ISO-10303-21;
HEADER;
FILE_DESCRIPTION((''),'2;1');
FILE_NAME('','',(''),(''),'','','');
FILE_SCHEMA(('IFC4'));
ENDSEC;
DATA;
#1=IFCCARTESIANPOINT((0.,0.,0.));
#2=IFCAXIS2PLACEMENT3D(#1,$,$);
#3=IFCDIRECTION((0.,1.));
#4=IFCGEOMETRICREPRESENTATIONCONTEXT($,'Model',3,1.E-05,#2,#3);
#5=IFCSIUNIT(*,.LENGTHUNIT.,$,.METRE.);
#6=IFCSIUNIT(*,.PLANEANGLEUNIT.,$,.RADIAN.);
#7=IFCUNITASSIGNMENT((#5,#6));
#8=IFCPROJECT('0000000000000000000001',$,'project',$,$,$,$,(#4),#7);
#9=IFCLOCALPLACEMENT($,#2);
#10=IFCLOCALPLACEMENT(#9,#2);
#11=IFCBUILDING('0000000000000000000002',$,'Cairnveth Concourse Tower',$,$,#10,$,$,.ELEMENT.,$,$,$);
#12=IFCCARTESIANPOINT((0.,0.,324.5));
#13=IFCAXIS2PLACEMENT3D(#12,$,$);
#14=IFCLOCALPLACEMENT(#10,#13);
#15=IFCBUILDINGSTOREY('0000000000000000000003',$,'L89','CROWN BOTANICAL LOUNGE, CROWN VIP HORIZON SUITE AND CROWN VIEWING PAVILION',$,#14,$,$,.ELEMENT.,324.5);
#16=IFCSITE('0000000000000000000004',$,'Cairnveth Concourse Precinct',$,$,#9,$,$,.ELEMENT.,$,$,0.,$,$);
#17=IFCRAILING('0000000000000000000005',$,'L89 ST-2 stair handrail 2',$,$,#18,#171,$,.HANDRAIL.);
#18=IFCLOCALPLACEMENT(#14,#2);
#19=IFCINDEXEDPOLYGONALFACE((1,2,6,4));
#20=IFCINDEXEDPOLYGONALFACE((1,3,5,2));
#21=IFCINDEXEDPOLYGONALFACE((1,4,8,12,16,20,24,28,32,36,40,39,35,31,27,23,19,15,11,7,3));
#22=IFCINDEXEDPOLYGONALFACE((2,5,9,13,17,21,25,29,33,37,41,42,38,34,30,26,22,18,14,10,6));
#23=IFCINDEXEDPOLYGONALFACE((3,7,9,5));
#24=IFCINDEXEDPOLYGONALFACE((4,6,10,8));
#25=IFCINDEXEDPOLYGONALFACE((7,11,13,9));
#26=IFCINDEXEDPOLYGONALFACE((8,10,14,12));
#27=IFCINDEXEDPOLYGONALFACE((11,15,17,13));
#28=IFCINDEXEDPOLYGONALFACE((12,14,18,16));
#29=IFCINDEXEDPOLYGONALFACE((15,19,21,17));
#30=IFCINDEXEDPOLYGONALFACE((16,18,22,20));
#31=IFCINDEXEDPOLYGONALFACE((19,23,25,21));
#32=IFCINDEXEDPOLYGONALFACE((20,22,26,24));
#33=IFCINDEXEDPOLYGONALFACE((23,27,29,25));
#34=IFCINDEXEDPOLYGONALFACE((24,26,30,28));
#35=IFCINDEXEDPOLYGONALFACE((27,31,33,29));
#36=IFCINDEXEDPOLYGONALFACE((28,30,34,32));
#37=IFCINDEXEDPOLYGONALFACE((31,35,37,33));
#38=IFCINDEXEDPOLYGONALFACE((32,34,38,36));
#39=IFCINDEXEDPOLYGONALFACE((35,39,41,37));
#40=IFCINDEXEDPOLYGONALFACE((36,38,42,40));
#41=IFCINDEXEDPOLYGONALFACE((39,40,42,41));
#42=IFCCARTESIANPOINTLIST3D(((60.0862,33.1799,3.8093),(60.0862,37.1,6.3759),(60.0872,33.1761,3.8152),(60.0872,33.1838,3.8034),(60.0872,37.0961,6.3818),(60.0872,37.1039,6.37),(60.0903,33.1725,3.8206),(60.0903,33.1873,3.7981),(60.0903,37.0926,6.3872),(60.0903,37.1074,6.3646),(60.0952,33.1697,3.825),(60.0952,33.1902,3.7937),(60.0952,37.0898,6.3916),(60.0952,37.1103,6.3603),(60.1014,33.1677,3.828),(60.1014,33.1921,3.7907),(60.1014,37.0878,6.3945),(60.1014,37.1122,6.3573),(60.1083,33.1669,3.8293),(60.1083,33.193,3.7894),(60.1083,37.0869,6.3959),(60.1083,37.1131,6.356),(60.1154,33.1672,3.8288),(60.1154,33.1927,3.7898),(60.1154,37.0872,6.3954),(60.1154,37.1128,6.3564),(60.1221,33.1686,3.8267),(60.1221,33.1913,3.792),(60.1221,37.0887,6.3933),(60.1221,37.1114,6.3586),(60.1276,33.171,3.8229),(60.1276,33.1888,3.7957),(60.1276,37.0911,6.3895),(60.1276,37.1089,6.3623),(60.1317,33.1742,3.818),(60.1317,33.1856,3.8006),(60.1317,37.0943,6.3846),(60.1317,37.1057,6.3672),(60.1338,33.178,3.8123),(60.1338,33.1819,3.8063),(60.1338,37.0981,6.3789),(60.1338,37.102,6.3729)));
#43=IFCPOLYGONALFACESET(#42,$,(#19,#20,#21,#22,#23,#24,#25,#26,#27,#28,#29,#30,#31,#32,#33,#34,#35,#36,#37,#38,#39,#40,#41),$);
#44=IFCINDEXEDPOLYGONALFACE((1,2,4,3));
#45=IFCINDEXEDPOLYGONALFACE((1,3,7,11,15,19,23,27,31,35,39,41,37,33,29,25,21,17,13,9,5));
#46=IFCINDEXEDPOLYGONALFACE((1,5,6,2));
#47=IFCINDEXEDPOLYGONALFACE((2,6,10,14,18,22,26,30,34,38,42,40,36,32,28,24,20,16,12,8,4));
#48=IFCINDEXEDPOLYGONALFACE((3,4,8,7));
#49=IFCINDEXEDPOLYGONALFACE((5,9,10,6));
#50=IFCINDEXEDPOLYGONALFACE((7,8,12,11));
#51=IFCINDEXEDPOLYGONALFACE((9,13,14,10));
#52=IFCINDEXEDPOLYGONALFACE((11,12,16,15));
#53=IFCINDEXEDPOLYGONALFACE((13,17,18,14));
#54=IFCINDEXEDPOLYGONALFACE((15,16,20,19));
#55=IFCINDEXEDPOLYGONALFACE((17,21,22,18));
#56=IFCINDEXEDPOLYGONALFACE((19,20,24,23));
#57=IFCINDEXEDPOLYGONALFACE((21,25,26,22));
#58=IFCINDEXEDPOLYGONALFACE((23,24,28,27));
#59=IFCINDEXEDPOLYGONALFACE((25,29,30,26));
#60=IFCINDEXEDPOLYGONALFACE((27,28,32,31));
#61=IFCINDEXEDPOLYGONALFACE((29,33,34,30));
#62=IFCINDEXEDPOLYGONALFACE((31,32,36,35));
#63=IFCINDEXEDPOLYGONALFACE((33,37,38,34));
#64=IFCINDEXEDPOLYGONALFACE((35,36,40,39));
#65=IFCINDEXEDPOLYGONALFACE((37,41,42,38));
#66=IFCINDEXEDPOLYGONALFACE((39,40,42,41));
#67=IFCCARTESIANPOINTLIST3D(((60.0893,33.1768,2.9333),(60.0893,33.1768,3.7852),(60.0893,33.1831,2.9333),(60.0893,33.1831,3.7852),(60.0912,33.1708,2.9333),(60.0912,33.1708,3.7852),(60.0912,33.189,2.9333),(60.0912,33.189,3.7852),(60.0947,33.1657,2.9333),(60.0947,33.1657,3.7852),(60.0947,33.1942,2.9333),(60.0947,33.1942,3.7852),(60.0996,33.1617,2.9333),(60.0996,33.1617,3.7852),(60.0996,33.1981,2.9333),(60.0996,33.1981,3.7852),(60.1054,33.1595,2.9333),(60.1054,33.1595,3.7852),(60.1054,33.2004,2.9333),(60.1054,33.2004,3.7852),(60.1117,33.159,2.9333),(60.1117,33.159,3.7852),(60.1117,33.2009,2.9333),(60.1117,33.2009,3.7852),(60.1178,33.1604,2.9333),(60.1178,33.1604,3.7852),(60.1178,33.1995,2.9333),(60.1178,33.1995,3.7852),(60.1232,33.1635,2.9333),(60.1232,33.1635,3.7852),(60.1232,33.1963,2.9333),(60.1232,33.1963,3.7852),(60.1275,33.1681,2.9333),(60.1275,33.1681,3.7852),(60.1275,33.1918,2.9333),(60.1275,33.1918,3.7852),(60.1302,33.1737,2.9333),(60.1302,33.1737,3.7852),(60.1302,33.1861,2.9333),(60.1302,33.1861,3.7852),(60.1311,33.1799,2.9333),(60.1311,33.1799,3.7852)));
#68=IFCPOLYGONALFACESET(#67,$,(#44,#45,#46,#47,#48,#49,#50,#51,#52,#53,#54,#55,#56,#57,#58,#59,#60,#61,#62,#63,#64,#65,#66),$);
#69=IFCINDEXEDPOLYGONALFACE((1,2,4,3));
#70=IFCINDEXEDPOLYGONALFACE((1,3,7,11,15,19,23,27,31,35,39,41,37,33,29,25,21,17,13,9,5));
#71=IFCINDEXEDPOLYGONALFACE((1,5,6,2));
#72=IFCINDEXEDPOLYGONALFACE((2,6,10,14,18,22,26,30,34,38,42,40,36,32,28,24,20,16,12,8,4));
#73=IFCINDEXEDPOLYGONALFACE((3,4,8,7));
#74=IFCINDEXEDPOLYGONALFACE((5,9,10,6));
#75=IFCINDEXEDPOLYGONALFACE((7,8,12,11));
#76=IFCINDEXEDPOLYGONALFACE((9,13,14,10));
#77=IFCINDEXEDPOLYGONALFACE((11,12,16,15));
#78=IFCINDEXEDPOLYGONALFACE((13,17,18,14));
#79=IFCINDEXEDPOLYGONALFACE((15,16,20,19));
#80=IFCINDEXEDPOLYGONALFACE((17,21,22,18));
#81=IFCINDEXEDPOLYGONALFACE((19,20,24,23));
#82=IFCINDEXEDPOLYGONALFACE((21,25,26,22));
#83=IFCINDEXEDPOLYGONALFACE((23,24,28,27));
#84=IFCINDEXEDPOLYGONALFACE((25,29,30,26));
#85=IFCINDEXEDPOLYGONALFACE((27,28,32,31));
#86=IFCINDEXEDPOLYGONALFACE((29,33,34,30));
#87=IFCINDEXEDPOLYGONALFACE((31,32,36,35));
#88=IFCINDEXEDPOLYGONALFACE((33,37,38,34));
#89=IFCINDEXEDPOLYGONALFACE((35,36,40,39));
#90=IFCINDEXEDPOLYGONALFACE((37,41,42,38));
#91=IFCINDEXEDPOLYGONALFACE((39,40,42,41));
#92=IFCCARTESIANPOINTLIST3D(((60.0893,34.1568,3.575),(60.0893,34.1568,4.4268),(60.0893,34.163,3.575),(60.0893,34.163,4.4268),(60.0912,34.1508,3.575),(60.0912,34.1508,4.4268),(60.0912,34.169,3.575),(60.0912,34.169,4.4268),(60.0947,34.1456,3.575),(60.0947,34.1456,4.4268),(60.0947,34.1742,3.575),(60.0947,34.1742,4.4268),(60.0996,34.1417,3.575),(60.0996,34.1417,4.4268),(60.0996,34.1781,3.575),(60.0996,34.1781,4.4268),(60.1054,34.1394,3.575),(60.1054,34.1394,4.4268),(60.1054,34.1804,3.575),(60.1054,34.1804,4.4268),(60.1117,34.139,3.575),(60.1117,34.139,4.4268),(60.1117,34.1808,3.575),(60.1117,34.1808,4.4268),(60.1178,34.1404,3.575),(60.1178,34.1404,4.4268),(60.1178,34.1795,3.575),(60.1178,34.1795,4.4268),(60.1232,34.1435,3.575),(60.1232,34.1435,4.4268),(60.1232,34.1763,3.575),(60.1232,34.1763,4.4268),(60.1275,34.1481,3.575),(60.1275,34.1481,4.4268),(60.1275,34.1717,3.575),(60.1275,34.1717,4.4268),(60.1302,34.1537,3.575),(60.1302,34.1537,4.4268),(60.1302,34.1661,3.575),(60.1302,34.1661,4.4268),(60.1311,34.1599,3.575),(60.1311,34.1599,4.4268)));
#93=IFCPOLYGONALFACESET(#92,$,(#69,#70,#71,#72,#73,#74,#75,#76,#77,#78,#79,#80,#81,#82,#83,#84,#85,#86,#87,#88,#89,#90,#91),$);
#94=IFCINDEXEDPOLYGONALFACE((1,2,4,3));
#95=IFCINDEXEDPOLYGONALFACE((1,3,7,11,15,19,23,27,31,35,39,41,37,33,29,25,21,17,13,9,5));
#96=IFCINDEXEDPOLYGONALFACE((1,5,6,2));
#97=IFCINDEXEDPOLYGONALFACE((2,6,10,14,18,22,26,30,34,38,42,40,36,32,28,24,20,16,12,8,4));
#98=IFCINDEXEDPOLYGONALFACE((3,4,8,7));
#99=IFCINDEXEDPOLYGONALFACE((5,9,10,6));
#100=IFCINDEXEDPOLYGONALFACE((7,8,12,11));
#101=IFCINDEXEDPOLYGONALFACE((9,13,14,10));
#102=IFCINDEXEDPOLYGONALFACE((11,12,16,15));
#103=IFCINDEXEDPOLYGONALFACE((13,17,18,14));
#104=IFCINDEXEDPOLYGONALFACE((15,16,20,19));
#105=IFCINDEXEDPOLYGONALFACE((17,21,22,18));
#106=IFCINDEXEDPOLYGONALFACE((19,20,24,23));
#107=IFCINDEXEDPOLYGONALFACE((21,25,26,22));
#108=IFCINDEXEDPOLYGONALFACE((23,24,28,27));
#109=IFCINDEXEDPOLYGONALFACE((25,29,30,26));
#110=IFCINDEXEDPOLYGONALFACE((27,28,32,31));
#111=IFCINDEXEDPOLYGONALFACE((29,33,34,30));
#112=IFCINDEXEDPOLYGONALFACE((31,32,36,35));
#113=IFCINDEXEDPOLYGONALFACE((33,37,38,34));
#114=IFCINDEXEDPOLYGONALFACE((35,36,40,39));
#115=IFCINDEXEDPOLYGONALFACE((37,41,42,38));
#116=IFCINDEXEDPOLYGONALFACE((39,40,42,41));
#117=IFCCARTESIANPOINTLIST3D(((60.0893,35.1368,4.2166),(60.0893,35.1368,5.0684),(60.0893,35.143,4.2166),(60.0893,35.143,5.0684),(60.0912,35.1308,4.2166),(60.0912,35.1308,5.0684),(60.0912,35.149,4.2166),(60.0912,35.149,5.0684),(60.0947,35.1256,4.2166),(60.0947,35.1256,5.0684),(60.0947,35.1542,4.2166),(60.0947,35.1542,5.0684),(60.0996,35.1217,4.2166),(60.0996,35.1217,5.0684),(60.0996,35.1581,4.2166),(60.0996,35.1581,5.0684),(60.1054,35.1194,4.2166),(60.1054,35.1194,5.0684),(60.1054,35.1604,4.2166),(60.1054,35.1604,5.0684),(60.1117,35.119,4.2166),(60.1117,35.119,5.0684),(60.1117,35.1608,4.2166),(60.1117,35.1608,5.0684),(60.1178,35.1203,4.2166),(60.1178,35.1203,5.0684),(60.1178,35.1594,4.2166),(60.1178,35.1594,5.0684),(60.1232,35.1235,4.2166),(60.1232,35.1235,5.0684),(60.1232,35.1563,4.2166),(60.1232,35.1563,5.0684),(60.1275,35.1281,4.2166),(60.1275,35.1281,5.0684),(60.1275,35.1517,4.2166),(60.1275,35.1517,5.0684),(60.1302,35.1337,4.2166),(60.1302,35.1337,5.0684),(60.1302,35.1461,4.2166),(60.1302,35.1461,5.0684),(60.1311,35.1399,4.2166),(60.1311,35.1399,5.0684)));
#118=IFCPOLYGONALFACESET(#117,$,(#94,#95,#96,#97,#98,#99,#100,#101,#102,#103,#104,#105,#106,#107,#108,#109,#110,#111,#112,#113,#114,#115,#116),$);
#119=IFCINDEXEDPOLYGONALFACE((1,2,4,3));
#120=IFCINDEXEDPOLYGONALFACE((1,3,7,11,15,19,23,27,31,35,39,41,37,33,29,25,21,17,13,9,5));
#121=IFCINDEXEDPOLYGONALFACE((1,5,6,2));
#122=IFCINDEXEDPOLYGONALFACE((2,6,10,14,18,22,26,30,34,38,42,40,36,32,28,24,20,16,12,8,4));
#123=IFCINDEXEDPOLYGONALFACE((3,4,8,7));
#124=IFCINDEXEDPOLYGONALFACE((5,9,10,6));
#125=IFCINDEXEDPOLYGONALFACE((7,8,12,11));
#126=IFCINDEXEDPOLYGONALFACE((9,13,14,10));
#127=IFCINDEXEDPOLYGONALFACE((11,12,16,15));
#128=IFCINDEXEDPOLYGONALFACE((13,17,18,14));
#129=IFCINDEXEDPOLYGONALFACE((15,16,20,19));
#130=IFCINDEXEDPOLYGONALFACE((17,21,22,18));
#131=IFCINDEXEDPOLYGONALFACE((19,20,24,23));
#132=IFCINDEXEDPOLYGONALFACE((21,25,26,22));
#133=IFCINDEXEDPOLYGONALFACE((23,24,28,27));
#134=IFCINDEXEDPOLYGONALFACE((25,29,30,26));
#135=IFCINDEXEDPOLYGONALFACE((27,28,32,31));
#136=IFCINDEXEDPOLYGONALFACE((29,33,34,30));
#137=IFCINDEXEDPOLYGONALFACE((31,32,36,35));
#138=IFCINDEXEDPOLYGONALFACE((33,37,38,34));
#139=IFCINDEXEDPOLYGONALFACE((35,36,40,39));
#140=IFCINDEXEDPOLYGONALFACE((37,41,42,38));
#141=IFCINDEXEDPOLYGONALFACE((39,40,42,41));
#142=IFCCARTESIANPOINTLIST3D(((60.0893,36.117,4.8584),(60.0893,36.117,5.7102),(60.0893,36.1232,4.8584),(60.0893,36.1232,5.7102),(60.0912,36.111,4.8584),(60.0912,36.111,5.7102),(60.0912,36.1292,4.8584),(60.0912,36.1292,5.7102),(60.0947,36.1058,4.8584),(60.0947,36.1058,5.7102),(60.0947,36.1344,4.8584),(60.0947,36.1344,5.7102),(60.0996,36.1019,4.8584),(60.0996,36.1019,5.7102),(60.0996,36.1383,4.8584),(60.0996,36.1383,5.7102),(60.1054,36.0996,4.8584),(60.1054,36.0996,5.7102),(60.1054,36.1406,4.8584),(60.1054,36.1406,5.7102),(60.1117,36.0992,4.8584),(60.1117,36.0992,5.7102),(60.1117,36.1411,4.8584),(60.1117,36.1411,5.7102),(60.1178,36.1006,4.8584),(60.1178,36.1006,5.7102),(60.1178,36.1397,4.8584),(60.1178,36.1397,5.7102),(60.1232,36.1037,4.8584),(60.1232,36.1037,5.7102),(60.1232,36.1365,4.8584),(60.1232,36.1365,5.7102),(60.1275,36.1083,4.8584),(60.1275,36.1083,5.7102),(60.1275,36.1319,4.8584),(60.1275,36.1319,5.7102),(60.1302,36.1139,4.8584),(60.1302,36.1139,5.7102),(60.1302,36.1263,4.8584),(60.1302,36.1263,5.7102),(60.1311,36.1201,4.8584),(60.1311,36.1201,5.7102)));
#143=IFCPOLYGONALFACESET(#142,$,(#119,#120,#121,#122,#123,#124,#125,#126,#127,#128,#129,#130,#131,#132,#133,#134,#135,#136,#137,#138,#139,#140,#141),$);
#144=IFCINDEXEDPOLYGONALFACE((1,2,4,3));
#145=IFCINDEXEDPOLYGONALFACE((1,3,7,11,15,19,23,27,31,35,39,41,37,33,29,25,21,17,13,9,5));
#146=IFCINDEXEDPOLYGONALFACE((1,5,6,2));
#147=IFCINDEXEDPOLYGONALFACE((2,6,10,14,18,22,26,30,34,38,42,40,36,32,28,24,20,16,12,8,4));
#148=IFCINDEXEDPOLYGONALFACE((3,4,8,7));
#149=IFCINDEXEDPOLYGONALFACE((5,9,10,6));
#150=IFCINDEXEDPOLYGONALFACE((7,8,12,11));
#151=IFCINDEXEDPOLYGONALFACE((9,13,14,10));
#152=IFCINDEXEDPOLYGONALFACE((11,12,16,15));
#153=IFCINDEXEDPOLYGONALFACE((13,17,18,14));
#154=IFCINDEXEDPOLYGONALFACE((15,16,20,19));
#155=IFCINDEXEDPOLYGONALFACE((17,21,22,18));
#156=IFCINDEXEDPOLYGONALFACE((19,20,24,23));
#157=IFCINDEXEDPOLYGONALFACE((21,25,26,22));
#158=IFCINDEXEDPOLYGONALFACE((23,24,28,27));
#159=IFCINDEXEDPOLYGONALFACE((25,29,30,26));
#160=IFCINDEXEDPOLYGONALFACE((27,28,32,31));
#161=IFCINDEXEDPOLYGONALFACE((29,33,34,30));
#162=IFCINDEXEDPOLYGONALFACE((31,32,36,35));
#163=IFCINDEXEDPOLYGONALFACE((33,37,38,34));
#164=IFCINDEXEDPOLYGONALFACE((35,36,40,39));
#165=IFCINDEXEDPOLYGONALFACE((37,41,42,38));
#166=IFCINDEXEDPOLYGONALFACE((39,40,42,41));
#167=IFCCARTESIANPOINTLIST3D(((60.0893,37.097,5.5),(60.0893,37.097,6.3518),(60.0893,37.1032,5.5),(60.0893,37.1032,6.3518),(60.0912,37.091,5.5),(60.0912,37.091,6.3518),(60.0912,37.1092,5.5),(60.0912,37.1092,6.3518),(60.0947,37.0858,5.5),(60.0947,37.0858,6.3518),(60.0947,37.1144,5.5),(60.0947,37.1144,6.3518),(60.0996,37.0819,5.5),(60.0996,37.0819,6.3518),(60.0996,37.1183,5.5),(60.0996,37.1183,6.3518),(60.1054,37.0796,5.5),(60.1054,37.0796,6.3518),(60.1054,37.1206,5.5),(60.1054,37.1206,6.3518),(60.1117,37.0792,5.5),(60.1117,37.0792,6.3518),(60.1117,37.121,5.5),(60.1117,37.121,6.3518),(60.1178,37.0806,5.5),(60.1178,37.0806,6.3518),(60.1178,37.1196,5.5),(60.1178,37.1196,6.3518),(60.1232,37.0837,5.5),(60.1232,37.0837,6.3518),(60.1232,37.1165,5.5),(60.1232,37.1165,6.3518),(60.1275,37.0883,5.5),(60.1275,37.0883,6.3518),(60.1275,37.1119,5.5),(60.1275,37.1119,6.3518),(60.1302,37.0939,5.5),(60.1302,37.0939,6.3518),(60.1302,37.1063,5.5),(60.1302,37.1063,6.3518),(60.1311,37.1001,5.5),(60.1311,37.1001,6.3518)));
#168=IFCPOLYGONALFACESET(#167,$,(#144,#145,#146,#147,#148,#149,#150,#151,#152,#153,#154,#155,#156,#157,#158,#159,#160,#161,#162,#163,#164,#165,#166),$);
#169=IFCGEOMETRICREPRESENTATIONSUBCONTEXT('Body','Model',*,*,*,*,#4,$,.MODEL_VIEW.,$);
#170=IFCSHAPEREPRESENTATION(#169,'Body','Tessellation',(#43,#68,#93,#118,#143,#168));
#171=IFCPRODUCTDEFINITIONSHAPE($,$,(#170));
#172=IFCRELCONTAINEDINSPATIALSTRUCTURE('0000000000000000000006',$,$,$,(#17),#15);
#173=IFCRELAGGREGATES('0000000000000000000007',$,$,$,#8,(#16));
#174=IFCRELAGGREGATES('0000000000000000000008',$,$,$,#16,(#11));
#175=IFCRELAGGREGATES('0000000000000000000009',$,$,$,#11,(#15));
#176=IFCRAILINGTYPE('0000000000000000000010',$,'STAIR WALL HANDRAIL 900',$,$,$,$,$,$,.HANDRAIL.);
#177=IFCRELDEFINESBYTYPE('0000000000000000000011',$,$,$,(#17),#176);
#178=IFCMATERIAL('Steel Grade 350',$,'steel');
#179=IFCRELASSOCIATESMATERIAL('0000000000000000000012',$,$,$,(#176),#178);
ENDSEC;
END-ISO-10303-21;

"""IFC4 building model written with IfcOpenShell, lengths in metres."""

from ifc_helpers import new_model, si_unit, direction, frame, origin, origin_2d, place, context, subcontext, project, spatial, circle, extrude, material, type_object, element, save


model = new_model("IFC4")

# Units and contexts
model_context = context("Model", 3, precision=1e-05, world=origin(), true_north=direction((0.0, 1.0)))
body_context = subcontext(model_context, "Body", "Model", "MODEL_VIEW")
ifc_project = project(units=[si_unit("LENGTHUNIT", "METRE"), si_unit("PLANEANGLEUNIT", "RADIAN")], contexts=[model_context])

# Site, building, storey
site_placement = place(None, origin())
site = spatial("IfcSite", under=ifc_project, at=site_placement, Name="Cairnveth Concourse Precinct", CompositionType="ELEMENT", RefElevation=0.0)
building_placement = place(site_placement, origin())
building = spatial("IfcBuilding", under=site, at=building_placement, Name="Cairnveth Concourse Tower", CompositionType="ELEMENT")
storey_placement = place(building_placement, frame((0.0, 0.0, 324.5)))
storey = spatial("IfcBuildingStorey", under=building, at=storey_placement, Name="L89", Description="CROWN BOTANICAL LOUNGE, CROWN VIP HORIZON SUITE AND CROWN VIEWING PAVILION", CompositionType="ELEMENT", Elevation=324.5)

# Shared definitions
ifc_material_1 = material(Name="Steel Grade 350", Category="steel")

# Railing
railing_type_1 = type_object("IfcRailingType", Name="STAIR WALL HANDRAIL 900", PredefinedType="HANDRAIL", material=ifc_material_1)
railing_1_placement = place(storey_placement, frame((60.1101, 33.1799, 2.9333)))
element("IfcRailing", 1, at=railing_1_placement, inside=storey, type_object=railing_type_1, Name="L89 ST-2 stair handrail 2", PredefinedType="HANDRAIL", context=body_context, shape_type="SweptSolid", body=[
    extrude(circle(Radius=0.0239, at=origin_2d()), frame((0.0, 0.0, 0.876), z_axis=(0.0, 0.836631, 0.547767), x_axis=(-1.0, 0.0, 0.0)), (0.0, 0.0, 1.0), 4.6855),
    extrude(circle(Radius=0.021, at=origin_2d()), origin(), (0.0, 0.0, 1.0), 0.8518),
    extrude(circle(Radius=0.021, at=origin_2d()), frame((0.0, 0.98, 0.6416)), (0.0, 0.0, 1.0), 0.8518),
    extrude(circle(Radius=0.021, at=origin_2d()), frame((0.0, 1.96, 1.2832)), (0.0, 0.0, 1.0), 0.8518),
    extrude(circle(Radius=0.021, at=origin_2d()), frame((0.0, 2.9402, 1.925)), (0.0, 0.0, 1.0), 0.8518),
    extrude(circle(Radius=0.021, at=origin_2d()), frame((0.0, 3.9202, 2.5667)), (0.0, 0.0, 1.0), 0.8518),
])

save(model, "model.ifc")
